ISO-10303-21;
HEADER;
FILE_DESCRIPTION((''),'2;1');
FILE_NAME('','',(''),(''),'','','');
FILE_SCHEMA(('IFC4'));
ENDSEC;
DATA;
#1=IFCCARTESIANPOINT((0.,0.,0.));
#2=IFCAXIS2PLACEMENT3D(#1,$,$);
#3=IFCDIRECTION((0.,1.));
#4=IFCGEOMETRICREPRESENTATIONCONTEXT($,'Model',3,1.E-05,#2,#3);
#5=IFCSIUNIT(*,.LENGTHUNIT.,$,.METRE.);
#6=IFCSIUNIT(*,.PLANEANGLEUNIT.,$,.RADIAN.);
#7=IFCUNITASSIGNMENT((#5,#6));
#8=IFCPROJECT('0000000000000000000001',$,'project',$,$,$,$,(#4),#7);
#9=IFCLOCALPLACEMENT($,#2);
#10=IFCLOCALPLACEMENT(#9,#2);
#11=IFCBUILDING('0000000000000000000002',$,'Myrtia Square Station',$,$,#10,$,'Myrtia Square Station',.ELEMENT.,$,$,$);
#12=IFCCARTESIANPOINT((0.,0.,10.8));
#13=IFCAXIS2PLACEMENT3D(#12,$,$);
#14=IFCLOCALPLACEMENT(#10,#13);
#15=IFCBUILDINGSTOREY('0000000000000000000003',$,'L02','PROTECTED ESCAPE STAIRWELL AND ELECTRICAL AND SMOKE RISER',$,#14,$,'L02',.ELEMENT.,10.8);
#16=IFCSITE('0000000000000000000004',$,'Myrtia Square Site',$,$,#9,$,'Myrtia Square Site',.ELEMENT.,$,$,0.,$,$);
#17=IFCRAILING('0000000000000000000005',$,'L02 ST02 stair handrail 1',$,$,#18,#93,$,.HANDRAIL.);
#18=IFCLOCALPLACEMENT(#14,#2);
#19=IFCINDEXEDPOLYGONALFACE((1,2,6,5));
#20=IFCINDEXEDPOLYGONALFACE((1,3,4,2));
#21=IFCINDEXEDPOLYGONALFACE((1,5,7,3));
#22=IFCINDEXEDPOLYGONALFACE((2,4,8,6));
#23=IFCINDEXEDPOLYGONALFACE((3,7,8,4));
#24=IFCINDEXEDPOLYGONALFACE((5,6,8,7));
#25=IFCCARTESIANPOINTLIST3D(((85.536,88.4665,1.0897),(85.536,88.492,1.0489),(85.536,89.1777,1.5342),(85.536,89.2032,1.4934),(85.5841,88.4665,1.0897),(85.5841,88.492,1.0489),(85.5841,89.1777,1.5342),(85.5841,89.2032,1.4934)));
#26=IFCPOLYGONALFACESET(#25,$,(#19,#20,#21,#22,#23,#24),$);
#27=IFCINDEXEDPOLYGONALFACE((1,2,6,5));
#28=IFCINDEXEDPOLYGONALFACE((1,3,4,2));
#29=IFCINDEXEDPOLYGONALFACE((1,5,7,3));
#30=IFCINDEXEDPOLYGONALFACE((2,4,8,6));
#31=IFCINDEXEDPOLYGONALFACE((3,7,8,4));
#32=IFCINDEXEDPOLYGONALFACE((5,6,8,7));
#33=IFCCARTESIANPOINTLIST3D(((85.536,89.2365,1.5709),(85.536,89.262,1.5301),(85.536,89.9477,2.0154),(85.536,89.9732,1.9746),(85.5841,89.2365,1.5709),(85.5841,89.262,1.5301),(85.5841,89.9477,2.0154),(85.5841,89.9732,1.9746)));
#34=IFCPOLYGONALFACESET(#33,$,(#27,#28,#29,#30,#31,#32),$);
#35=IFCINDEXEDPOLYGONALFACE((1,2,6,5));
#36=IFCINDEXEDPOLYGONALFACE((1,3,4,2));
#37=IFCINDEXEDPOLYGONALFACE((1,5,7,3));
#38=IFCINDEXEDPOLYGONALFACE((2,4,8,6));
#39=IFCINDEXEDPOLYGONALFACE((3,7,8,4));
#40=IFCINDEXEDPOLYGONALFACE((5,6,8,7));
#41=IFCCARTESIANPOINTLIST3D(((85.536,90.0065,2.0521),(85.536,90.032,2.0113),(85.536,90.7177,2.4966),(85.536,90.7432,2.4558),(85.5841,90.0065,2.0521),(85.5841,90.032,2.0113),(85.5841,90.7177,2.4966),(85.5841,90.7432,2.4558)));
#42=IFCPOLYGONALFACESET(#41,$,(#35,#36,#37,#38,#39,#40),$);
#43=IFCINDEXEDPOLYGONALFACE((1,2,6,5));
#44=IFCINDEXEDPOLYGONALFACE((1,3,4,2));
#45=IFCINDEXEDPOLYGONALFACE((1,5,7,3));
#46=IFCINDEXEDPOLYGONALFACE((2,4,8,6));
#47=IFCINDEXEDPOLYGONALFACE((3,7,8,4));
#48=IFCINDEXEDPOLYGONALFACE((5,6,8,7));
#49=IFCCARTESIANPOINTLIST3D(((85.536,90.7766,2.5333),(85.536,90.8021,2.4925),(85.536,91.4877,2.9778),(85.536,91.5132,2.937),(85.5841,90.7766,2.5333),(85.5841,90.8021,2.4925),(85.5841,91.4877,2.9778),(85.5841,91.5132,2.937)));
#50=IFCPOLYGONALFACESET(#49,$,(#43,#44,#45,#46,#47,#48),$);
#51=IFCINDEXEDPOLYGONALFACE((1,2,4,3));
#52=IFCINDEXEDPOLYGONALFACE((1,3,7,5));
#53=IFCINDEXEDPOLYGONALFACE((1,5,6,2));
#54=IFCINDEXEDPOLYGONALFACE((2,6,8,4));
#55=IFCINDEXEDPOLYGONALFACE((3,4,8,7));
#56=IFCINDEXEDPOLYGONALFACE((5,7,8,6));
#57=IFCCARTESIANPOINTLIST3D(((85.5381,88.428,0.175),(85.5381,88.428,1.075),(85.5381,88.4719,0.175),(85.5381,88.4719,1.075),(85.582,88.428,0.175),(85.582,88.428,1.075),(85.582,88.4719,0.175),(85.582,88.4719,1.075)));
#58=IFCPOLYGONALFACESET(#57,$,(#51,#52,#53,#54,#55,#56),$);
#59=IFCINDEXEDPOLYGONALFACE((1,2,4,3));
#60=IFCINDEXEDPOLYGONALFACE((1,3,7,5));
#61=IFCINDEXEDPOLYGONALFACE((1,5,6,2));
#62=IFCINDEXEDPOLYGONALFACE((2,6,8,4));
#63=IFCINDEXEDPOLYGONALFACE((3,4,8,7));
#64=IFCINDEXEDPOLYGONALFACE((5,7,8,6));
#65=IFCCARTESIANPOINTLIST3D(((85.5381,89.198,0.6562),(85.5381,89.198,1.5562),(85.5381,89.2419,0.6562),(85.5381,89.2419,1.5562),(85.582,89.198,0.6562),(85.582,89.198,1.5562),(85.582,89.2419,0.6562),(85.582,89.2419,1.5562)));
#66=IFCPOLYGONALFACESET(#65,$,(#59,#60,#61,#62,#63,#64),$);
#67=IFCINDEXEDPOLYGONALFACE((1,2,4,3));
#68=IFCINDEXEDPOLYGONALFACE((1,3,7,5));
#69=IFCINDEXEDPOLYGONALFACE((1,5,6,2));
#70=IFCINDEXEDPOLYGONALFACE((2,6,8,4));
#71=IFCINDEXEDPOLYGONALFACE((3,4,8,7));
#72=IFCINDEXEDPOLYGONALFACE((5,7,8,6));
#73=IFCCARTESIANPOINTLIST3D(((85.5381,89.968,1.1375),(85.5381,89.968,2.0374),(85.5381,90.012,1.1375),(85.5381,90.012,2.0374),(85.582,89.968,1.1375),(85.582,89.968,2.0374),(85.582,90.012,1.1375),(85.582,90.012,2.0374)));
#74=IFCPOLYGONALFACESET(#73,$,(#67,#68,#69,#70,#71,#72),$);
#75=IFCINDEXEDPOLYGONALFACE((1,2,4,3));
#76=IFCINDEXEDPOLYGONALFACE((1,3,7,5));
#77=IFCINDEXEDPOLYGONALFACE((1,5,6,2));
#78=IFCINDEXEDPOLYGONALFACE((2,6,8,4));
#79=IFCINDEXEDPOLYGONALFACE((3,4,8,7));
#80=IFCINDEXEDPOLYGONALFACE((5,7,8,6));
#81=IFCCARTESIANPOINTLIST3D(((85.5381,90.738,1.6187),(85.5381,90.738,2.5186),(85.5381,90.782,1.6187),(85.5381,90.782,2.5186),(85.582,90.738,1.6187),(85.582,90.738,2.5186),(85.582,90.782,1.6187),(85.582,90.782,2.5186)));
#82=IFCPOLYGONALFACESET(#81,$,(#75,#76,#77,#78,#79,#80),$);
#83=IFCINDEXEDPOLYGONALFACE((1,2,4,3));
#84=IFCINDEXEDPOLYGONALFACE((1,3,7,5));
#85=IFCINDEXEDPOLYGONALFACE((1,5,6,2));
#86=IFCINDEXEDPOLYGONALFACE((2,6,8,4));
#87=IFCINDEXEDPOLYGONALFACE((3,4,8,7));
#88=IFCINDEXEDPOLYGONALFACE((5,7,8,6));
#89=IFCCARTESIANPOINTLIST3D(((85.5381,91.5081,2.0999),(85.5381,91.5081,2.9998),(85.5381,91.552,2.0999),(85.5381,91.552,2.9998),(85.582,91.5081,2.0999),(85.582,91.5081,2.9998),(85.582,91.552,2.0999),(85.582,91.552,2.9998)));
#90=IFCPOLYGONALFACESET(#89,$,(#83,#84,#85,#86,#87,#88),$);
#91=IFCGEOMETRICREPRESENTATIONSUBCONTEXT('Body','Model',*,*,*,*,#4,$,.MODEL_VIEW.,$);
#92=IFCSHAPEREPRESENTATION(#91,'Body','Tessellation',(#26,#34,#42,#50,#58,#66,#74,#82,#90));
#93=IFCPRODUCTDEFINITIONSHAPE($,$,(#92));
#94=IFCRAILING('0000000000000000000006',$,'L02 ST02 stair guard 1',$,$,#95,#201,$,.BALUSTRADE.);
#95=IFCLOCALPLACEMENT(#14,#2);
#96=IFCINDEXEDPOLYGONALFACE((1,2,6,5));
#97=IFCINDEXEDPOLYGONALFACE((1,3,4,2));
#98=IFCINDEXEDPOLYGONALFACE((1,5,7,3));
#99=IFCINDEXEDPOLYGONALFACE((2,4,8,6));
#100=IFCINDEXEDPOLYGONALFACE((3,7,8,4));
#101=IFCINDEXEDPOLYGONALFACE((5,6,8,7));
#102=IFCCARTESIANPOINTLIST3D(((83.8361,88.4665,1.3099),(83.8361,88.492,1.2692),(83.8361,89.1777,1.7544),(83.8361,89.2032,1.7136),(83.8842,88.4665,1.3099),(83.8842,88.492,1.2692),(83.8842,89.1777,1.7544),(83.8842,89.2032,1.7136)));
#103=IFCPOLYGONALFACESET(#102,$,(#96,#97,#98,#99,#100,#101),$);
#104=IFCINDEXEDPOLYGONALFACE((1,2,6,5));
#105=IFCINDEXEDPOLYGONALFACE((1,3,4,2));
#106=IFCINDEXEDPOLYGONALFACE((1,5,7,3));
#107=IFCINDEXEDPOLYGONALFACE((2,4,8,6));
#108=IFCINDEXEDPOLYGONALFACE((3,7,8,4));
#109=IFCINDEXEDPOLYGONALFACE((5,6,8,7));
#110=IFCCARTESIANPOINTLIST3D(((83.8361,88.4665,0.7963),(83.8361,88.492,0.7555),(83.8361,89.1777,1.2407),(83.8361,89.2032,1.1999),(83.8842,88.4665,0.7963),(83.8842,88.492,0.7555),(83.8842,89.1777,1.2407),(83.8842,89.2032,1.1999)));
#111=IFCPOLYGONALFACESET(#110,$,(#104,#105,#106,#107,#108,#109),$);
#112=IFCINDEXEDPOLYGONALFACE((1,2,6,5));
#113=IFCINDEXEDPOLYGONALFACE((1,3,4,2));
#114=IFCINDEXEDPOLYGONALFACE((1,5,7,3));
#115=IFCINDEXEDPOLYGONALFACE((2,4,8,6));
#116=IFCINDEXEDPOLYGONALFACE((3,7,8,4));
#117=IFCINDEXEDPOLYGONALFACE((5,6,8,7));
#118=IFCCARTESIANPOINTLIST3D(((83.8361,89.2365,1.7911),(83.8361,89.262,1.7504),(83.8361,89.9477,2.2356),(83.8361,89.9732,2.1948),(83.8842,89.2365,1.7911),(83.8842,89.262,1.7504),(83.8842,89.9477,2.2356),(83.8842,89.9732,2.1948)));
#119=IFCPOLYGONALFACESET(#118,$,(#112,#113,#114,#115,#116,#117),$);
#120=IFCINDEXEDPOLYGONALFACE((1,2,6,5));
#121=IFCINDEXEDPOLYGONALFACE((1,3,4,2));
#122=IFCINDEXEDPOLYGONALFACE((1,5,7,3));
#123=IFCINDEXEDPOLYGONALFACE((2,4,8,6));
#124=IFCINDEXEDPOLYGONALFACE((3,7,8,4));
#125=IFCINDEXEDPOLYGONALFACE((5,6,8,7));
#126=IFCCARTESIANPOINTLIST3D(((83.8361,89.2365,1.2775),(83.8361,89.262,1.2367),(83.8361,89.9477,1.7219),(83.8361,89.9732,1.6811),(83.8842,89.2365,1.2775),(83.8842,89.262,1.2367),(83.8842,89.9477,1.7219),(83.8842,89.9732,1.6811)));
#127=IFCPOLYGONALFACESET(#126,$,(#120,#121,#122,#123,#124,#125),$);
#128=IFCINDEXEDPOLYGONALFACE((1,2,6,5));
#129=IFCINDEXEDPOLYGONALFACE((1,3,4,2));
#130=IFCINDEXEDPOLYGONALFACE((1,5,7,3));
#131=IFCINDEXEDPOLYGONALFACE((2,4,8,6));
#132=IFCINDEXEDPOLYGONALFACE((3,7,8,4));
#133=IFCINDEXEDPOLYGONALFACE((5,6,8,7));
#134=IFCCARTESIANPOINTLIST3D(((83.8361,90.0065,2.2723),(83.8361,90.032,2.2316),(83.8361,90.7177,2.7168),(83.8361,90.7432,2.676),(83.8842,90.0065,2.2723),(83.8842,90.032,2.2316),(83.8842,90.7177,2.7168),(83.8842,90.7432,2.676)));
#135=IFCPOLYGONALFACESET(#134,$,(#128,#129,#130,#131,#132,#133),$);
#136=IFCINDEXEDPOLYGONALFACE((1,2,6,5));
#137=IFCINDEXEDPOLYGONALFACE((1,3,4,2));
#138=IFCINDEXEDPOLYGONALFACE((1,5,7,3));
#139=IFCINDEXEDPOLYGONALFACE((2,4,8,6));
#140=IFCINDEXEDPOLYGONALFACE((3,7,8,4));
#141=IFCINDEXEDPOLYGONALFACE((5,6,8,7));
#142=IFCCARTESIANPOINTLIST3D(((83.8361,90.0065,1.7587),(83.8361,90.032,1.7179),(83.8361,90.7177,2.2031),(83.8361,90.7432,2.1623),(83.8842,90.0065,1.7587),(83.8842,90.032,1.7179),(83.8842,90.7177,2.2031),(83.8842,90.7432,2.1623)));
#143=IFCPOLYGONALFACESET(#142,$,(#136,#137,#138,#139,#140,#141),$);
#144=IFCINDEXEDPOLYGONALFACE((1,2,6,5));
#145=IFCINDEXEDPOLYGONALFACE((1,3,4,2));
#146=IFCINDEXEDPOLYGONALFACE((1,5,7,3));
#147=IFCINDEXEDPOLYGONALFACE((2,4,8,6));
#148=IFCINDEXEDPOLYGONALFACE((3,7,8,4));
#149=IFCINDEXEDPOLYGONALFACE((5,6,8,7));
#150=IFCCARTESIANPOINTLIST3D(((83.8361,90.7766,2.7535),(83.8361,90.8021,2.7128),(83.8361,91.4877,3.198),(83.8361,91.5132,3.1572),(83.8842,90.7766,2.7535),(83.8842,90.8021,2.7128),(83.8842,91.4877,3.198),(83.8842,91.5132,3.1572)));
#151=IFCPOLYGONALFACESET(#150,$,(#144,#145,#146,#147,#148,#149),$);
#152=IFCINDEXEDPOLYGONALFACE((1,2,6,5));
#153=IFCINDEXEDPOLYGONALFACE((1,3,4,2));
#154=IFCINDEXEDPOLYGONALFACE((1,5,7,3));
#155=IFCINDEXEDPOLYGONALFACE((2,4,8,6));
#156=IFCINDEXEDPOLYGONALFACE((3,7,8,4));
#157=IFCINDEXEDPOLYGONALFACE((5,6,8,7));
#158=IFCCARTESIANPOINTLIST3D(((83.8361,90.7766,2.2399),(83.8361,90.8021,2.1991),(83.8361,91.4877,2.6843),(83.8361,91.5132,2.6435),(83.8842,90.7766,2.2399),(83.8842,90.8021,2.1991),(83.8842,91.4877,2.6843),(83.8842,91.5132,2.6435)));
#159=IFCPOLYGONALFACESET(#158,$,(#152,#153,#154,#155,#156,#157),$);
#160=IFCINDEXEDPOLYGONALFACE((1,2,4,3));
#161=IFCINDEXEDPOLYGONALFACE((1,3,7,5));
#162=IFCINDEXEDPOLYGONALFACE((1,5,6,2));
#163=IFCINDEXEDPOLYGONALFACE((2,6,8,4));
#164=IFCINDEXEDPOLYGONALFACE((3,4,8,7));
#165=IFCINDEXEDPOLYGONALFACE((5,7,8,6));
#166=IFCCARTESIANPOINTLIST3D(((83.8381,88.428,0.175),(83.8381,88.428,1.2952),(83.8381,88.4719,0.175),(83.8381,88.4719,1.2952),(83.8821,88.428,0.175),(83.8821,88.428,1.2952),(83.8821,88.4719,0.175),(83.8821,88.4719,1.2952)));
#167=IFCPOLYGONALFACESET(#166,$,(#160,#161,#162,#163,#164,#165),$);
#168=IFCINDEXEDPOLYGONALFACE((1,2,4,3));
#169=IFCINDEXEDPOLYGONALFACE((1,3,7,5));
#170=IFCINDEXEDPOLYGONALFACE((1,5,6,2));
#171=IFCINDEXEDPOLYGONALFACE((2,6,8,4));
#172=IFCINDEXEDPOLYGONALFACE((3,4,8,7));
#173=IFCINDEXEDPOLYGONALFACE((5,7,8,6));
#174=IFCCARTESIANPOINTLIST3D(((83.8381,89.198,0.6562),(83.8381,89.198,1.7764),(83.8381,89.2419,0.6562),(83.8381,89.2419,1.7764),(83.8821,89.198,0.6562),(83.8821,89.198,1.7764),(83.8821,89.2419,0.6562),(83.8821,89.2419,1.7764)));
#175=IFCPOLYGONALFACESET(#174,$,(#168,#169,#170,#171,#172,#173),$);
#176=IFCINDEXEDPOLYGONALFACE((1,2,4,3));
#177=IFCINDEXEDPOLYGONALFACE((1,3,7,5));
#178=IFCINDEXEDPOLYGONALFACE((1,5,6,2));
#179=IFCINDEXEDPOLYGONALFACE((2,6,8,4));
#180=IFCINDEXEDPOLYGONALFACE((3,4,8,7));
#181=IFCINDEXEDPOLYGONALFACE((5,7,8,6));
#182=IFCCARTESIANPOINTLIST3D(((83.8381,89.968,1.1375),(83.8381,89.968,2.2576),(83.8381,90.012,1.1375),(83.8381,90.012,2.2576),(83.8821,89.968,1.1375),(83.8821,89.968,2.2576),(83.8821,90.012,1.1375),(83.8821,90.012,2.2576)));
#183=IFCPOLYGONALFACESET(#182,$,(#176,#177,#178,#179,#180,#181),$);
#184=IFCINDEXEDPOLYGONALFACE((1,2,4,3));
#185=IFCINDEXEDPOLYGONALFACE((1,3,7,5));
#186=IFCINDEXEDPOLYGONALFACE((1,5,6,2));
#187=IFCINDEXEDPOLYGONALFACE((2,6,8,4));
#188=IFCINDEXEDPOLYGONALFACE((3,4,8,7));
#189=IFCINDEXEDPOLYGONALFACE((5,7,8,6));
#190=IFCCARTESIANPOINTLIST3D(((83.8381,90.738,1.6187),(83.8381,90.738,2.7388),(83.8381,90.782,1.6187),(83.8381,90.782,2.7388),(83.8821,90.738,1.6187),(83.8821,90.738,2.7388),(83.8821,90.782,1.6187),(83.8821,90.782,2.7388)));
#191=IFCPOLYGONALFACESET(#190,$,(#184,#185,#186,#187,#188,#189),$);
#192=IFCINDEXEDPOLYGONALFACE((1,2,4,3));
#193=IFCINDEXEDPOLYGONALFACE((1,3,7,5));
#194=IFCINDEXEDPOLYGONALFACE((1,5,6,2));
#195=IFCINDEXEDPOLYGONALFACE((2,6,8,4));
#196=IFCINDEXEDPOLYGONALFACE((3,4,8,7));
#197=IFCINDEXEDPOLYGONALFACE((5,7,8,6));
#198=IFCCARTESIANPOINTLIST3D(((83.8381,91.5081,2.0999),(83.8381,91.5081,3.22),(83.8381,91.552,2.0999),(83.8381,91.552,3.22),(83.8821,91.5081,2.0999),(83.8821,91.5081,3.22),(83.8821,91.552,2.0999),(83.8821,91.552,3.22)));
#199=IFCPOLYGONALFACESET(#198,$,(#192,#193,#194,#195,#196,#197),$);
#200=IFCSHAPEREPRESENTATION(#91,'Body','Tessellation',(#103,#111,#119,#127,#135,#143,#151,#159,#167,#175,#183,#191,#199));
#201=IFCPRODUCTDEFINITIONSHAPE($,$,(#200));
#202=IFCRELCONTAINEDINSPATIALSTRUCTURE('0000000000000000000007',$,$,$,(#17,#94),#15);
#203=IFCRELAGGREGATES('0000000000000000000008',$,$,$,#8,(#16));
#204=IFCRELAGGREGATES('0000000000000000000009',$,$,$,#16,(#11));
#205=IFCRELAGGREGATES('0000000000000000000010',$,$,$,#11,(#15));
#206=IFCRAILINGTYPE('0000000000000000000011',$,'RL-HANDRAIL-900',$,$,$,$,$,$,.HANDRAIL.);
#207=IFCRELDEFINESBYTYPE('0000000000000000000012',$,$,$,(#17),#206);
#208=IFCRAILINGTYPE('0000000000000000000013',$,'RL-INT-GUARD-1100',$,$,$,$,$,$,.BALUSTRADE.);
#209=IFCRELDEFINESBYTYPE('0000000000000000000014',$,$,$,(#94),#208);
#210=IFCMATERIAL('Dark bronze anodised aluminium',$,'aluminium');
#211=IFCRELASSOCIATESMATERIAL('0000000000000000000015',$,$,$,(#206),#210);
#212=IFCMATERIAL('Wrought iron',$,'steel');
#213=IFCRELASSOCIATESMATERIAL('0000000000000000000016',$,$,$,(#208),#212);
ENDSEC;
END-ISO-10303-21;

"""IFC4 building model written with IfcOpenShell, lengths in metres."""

from ifc_helpers import new_model, si_unit, direction, frame, origin, origin_2d, place, context, subcontext, project, spatial, rectangle, extrude, material, type_object, element, save


model = new_model("IFC4")

# Units and contexts
model_context = context("Model", 3, precision=1e-05, world=origin(), true_north=direction((0.0, 1.0)))
body_context = subcontext(model_context, "Body", "Model", "MODEL_VIEW")
ifc_project = project(units=[si_unit("LENGTHUNIT", "METRE"), si_unit("PLANEANGLEUNIT", "RADIAN")], contexts=[model_context])

# Site, building, storey
site_placement = place(None, origin())
site = spatial("IfcSite", under=ifc_project, at=site_placement, Name="Myrtia Square Site", LongName="Myrtia Square Site", CompositionType="ELEMENT", RefElevation=0.0)
building_placement = place(site_placement, origin())
building = spatial("IfcBuilding", under=site, at=building_placement, Name="Myrtia Square Station", LongName="Myrtia Square Station", CompositionType="ELEMENT")
storey_placement = place(building_placement, frame((0.0, 0.0, 10.8)))
storey = spatial("IfcBuildingStorey", under=building, at=storey_placement, Name="L02", Description="PROTECTED ESCAPE STAIRWELL AND ELECTRICAL AND SMOKE RISER", LongName="L02", CompositionType="ELEMENT", Elevation=10.8)

# Shared definitions
ifc_material_1 = material(Name="Dark bronze anodised aluminium", Category="aluminium")

# Railings
railing_type_1 = type_object("IfcRailingType", Name="RL-HANDRAIL-900", PredefinedType="HANDRAIL", material=ifc_material_1)
railing_1_placement = place(storey_placement, frame((85.5601, 88.45, 0.175)))
element("IfcRailing", 1, at=railing_1_placement, inside=storey, type_object=railing_type_1, Name="L02 ST02 stair handrail 1", PredefinedType="HANDRAIL", context=body_context, shape_type="SweptSolid", body=[
    extrude(rectangle(XDim=0.0481, YDim=0.0481, at=origin_2d()), frame((0.0, 0.0293, 0.8943), z_axis=(0.0, 0.848029, 0.529951), x_axis=(-1.0, 0.0, 0.0)), (0.0, 0.0, 1.0), 0.8386),
    extrude(rectangle(XDim=0.0481, YDim=0.0481, at=origin_2d()), frame((0.0, 0.7993, 1.3755), z_axis=(0.0, 0.848029, 0.529951), x_axis=(-1.0, 0.0, 0.0)), (0.0, 0.0, 1.0), 0.8386),
    extrude(rectangle(XDim=0.0481, YDim=0.0481, at=origin_2d()), frame((0.0, 1.5693, 1.8567), z_axis=(0.0, 0.848029, 0.529951), x_axis=(-1.0, 0.0, 0.0)), (0.0, 0.0, 1.0), 0.8386),
    extrude(rectangle(XDim=0.0481, YDim=0.0481, at=origin_2d()), frame((0.0, 2.3394, 2.3379), z_axis=(0.0, 0.848029, 0.529951), x_axis=(-1.0, 0.0, 0.0)), (0.0, 0.0, 1.0), 0.8386),
    extrude(rectangle(XDim=0.0439, YDim=0.0439, at=origin_2d()), origin(), (0.0, 0.0, 1.0), 0.8999),
    extrude(rectangle(XDim=0.0439, YDim=0.0439, at=origin_2d()), frame((0.0, 0.77, 0.4812)), (0.0, 0.0, 1.0), 0.8999),
    extrude(rectangle(XDim=0.0439, YDim=0.0439, at=origin_2d()), frame((0.0, 1.54, 0.9624)), (0.0, 0.0, 1.0), 0.8999),
    extrude(rectangle(XDim=0.0439, YDim=0.0439, at=origin_2d()), frame((0.0, 2.3101, 1.4436)), (0.0, 0.0, 1.0), 0.8999),
    extrude(rectangle(XDim=0.0439, YDim=0.0439, at=origin_2d()), frame((0.0, 3.0801, 1.9248)), (0.0, 0.0, 1.0), 0.8999),
])
ifc_material_2 = material(Name="Wrought iron", Category="steel")
railing_type_2 = type_object("IfcRailingType", Name="RL-INT-GUARD-1100", PredefinedType="BALUSTRADE", material=ifc_material_2)
railing_2_placement = place(storey_placement, frame((83.8601, 88.45, 0.175)))
element("IfcRailing", 2, at=railing_2_placement, inside=storey, type_object=railing_type_2, Name="L02 ST02 stair guard 1", PredefinedType="BALUSTRADE", context=body_context, shape_type="SweptSolid", body=[
    extrude(rectangle(XDim=0.0481, YDim=0.0481, at=origin_2d()), frame((0.0, 0.0293, 1.1145), z_axis=(0.0, 0.848029, 0.529951), x_axis=(-1.0, 0.0, 0.0)), (0.0, 0.0, 1.0), 0.8386),
    extrude(rectangle(XDim=0.0481, YDim=0.0481, at=origin_2d()), frame((0.0, 0.0293, 0.6008), z_axis=(0.0, 0.848029, 0.529951), x_axis=(-1.0, 0.0, 0.0)), (0.0, 0.0, 1.0), 0.8386),
    extrude(rectangle(XDim=0.0481, YDim=0.0481, at=origin_2d()), frame((0.0, 0.7993, 1.5957), z_axis=(0.0, 0.848029, 0.529951), x_axis=(-1.0, 0.0, 0.0)), (0.0, 0.0, 1.0), 0.8386),
    extrude(rectangle(XDim=0.0481, YDim=0.0481, at=origin_2d()), frame((0.0, 0.7993, 1.082), z_axis=(0.0, 0.848029, 0.529951), x_axis=(-1.0, 0.0, 0.0)), (0.0, 0.0, 1.0), 0.8386),
    extrude(rectangle(XDim=0.0481, YDim=0.0481, at=origin_2d()), frame((0.0, 1.5693, 2.0769), z_axis=(0.0, 0.848029, 0.529951), x_axis=(-1.0, 0.0, 0.0)), (0.0, 0.0, 1.0), 0.8386),
    extrude(rectangle(XDim=0.0481, YDim=0.0481, at=origin_2d()), frame((0.0, 1.5693, 1.5632), z_axis=(0.0, 0.848029, 0.529951), x_axis=(-1.0, 0.0, 0.0)), (0.0, 0.0, 1.0), 0.8386),
    extrude(rectangle(XDim=0.0481, YDim=0.0481, at=origin_2d()), frame((0.0, 2.3394, 2.5581), z_axis=(0.0, 0.848029, 0.529951), x_axis=(-1.0, 0.0, 0.0)), (0.0, 0.0, 1.0), 0.8386),
    extrude(rectangle(XDim=0.0481, YDim=0.0481, at=origin_2d()), frame((0.0, 2.3394, 2.0444), z_axis=(0.0, 0.848029, 0.529951), x_axis=(-1.0, 0.0, 0.0)), (0.0, 0.0, 1.0), 0.8386),
    extrude(rectangle(XDim=0.0439, YDim=0.0439, at=origin_2d()), origin(), (0.0, 0.0, 1.0), 1.1201),
    extrude(rectangle(XDim=0.0439, YDim=0.0439, at=origin_2d()), frame((0.0, 0.77, 0.4812)), (0.0, 0.0, 1.0), 1.1201),
    extrude(rectangle(XDim=0.0439, YDim=0.0439, at=origin_2d()), frame((0.0, 1.54, 0.9624)), (0.0, 0.0, 1.0), 1.1201),
    extrude(rectangle(XDim=0.0439, YDim=0.0439, at=origin_2d()), frame((0.0, 2.3101, 1.4436)), (0.0, 0.0, 1.0), 1.1201),
    extrude(rectangle(XDim=0.0439, YDim=0.0439, at=origin_2d()), frame((0.0, 3.0801, 1.9248)), (0.0, 0.0, 1.0), 1.1201),
])

save(model, "model.ifc")
